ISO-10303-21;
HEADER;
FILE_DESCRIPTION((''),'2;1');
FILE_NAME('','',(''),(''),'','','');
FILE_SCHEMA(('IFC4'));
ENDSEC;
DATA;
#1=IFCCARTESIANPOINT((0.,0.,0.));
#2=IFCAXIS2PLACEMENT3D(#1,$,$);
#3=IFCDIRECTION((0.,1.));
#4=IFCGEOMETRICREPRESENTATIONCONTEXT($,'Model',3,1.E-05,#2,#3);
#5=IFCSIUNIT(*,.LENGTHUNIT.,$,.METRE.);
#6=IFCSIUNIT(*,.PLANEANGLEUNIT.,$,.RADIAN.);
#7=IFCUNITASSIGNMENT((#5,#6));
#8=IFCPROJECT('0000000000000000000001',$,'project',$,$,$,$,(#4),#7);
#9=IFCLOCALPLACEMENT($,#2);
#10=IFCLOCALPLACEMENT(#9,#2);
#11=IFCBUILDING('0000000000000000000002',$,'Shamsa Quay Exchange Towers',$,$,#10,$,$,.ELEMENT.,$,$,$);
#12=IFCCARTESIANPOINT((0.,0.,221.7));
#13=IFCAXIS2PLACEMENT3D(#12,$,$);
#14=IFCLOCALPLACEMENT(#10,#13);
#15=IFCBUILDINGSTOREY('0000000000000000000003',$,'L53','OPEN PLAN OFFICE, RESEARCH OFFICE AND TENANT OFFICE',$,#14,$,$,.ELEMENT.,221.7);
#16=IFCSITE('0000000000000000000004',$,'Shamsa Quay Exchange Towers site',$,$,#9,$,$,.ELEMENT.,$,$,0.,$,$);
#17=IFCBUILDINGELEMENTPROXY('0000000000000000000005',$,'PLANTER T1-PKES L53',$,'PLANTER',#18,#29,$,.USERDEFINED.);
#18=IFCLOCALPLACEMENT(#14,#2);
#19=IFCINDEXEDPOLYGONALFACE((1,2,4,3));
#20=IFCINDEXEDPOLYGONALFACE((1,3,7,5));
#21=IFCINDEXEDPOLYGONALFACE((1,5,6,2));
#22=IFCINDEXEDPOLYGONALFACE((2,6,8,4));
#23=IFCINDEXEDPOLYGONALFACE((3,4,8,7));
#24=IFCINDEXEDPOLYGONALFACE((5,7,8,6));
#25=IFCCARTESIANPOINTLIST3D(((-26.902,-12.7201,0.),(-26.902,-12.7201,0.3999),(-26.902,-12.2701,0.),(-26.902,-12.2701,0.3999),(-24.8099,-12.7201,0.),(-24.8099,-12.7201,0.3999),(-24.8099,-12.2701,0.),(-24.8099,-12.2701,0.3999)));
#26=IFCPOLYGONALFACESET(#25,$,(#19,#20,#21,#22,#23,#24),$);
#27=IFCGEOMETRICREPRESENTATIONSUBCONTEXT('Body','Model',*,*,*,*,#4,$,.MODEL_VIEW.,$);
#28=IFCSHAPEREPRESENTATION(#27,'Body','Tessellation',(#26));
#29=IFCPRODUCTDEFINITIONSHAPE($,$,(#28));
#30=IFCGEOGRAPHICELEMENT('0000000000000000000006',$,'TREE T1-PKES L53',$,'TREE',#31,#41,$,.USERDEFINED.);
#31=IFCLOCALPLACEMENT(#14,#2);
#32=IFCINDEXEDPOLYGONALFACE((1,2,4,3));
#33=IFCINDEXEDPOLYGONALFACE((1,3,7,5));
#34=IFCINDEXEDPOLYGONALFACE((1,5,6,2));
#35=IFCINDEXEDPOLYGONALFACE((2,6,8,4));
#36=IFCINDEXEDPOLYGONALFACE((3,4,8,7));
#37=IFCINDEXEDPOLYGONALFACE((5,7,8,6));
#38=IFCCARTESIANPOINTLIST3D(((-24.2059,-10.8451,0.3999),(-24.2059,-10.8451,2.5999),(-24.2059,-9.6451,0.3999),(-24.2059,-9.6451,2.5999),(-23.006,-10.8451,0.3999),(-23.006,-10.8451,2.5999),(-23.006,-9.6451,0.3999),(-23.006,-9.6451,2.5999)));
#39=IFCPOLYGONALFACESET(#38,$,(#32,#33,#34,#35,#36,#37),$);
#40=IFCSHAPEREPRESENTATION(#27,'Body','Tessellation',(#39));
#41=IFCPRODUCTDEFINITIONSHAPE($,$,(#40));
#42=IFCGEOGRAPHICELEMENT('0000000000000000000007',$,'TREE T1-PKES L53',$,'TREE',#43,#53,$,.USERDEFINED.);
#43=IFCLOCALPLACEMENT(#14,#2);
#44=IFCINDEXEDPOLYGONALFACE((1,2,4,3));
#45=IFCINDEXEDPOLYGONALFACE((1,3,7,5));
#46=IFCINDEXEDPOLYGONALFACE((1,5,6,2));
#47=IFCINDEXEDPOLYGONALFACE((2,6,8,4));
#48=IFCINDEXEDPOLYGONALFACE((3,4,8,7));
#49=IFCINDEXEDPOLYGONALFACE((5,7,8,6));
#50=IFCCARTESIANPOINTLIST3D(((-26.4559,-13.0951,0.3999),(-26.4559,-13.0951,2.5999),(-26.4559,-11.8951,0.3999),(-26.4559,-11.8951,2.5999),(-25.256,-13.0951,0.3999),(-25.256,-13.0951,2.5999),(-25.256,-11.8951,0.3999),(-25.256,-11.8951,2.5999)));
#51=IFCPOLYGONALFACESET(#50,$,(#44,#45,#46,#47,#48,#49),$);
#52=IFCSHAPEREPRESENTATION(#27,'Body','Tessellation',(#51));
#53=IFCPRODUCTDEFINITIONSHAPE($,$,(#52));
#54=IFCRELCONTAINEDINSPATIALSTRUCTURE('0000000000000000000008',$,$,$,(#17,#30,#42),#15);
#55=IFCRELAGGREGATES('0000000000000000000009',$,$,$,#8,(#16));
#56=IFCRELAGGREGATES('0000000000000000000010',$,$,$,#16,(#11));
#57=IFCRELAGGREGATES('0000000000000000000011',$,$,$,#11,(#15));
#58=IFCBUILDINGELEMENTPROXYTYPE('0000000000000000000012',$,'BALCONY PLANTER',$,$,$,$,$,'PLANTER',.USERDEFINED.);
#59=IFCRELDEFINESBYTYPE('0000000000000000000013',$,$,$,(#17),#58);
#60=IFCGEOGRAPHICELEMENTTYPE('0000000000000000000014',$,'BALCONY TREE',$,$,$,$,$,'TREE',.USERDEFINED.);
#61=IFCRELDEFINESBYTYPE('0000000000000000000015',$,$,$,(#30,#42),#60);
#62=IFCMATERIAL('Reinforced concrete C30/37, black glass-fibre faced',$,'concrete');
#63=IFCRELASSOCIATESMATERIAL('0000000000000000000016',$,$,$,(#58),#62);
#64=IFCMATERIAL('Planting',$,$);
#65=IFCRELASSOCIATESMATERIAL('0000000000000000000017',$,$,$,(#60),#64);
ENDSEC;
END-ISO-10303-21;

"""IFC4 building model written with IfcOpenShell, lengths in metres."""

from ifc_helpers import new_model, si_unit, direction, frame, origin, origin_2d, place, context, subcontext, project, spatial, rectangle, extrude, material, type_object, element, save


model = new_model("IFC4")

# Units and contexts
model_context = context("Model", 3, precision=1e-05, world=origin(), true_north=direction((0.0, 1.0)))
body_context = subcontext(model_context, "Body", "Model", "MODEL_VIEW")
ifc_project = project(units=[si_unit("LENGTHUNIT", "METRE"), si_unit("PLANEANGLEUNIT", "RADIAN")], contexts=[model_context])

# Site, building, storey
site_placement = place(None, origin())
site = spatial("IfcSite", under=ifc_project, at=site_placement, Name="Shamsa Quay Exchange Towers site", CompositionType="ELEMENT", RefElevation=0.0)
building_placement = place(site_placement, origin())
building = spatial("IfcBuilding", under=site, at=building_placement, Name="Shamsa Quay Exchange Towers", CompositionType="ELEMENT")
storey_placement = place(building_placement, frame((0.0, 0.0, 221.7)))
storey = spatial("IfcBuildingStorey", under=building, at=storey_placement, Name="L53", Description="OPEN PLAN OFFICE, RESEARCH OFFICE AND TENANT OFFICE", CompositionType="ELEMENT", Elevation=221.7)

# Building element proxy
ifc_material_1 = material(Name="Reinforced concrete C30/37, black glass-fibre faced", Category="concrete")
building_element_proxy_type = type_object("IfcBuildingElementProxyType", Name="BALCONY PLANTER", ElementType="PLANTER", PredefinedType="USERDEFINED", material=ifc_material_1)
for number, where, name in (
    (1, (-25.856, -12.4951, 0.0), "PLANTER T1-PKES L53"),
):
    element("IfcBuildingElementProxy", number, at=place(storey_placement, frame(where)), inside=storey, type_object=building_element_proxy_type, Name=name, ObjectType="PLANTER", PredefinedType="USERDEFINED", context=body_context, shape_type="SweptSolid", body=[
        extrude(rectangle(XDim=2.092, YDim=0.45, at=origin_2d()), origin(), (0.0, 0.0, 1.0), 0.3999),
    ])

# Geographic elements
ifc_material_2 = material(Name="Planting")
geographic_element_type = type_object("IfcGeographicElementType", Name="BALCONY TREE", ElementType="TREE", PredefinedType="USERDEFINED", material=ifc_material_2)
for number, where, name in (
    (2, (-23.606, -10.2451, 0.3999), "TREE T1-PKES L53"),
    (3, (-25.856, -12.4951, 0.3999), "TREE T1-PKES L53"),
):
    element("IfcGeographicElement", number, at=place(storey_placement, frame(where)), inside=storey, type_object=geographic_element_type, Name=name, ObjectType="TREE", PredefinedType="USERDEFINED", context=body_context, shape_type="SweptSolid", body=[
        extrude(rectangle(XDim=1.2, YDim=1.2, at=origin_2d()), origin(), (0.0, 0.0, 1.0), 2.2),
    ])

save(model, "model.ifc")
